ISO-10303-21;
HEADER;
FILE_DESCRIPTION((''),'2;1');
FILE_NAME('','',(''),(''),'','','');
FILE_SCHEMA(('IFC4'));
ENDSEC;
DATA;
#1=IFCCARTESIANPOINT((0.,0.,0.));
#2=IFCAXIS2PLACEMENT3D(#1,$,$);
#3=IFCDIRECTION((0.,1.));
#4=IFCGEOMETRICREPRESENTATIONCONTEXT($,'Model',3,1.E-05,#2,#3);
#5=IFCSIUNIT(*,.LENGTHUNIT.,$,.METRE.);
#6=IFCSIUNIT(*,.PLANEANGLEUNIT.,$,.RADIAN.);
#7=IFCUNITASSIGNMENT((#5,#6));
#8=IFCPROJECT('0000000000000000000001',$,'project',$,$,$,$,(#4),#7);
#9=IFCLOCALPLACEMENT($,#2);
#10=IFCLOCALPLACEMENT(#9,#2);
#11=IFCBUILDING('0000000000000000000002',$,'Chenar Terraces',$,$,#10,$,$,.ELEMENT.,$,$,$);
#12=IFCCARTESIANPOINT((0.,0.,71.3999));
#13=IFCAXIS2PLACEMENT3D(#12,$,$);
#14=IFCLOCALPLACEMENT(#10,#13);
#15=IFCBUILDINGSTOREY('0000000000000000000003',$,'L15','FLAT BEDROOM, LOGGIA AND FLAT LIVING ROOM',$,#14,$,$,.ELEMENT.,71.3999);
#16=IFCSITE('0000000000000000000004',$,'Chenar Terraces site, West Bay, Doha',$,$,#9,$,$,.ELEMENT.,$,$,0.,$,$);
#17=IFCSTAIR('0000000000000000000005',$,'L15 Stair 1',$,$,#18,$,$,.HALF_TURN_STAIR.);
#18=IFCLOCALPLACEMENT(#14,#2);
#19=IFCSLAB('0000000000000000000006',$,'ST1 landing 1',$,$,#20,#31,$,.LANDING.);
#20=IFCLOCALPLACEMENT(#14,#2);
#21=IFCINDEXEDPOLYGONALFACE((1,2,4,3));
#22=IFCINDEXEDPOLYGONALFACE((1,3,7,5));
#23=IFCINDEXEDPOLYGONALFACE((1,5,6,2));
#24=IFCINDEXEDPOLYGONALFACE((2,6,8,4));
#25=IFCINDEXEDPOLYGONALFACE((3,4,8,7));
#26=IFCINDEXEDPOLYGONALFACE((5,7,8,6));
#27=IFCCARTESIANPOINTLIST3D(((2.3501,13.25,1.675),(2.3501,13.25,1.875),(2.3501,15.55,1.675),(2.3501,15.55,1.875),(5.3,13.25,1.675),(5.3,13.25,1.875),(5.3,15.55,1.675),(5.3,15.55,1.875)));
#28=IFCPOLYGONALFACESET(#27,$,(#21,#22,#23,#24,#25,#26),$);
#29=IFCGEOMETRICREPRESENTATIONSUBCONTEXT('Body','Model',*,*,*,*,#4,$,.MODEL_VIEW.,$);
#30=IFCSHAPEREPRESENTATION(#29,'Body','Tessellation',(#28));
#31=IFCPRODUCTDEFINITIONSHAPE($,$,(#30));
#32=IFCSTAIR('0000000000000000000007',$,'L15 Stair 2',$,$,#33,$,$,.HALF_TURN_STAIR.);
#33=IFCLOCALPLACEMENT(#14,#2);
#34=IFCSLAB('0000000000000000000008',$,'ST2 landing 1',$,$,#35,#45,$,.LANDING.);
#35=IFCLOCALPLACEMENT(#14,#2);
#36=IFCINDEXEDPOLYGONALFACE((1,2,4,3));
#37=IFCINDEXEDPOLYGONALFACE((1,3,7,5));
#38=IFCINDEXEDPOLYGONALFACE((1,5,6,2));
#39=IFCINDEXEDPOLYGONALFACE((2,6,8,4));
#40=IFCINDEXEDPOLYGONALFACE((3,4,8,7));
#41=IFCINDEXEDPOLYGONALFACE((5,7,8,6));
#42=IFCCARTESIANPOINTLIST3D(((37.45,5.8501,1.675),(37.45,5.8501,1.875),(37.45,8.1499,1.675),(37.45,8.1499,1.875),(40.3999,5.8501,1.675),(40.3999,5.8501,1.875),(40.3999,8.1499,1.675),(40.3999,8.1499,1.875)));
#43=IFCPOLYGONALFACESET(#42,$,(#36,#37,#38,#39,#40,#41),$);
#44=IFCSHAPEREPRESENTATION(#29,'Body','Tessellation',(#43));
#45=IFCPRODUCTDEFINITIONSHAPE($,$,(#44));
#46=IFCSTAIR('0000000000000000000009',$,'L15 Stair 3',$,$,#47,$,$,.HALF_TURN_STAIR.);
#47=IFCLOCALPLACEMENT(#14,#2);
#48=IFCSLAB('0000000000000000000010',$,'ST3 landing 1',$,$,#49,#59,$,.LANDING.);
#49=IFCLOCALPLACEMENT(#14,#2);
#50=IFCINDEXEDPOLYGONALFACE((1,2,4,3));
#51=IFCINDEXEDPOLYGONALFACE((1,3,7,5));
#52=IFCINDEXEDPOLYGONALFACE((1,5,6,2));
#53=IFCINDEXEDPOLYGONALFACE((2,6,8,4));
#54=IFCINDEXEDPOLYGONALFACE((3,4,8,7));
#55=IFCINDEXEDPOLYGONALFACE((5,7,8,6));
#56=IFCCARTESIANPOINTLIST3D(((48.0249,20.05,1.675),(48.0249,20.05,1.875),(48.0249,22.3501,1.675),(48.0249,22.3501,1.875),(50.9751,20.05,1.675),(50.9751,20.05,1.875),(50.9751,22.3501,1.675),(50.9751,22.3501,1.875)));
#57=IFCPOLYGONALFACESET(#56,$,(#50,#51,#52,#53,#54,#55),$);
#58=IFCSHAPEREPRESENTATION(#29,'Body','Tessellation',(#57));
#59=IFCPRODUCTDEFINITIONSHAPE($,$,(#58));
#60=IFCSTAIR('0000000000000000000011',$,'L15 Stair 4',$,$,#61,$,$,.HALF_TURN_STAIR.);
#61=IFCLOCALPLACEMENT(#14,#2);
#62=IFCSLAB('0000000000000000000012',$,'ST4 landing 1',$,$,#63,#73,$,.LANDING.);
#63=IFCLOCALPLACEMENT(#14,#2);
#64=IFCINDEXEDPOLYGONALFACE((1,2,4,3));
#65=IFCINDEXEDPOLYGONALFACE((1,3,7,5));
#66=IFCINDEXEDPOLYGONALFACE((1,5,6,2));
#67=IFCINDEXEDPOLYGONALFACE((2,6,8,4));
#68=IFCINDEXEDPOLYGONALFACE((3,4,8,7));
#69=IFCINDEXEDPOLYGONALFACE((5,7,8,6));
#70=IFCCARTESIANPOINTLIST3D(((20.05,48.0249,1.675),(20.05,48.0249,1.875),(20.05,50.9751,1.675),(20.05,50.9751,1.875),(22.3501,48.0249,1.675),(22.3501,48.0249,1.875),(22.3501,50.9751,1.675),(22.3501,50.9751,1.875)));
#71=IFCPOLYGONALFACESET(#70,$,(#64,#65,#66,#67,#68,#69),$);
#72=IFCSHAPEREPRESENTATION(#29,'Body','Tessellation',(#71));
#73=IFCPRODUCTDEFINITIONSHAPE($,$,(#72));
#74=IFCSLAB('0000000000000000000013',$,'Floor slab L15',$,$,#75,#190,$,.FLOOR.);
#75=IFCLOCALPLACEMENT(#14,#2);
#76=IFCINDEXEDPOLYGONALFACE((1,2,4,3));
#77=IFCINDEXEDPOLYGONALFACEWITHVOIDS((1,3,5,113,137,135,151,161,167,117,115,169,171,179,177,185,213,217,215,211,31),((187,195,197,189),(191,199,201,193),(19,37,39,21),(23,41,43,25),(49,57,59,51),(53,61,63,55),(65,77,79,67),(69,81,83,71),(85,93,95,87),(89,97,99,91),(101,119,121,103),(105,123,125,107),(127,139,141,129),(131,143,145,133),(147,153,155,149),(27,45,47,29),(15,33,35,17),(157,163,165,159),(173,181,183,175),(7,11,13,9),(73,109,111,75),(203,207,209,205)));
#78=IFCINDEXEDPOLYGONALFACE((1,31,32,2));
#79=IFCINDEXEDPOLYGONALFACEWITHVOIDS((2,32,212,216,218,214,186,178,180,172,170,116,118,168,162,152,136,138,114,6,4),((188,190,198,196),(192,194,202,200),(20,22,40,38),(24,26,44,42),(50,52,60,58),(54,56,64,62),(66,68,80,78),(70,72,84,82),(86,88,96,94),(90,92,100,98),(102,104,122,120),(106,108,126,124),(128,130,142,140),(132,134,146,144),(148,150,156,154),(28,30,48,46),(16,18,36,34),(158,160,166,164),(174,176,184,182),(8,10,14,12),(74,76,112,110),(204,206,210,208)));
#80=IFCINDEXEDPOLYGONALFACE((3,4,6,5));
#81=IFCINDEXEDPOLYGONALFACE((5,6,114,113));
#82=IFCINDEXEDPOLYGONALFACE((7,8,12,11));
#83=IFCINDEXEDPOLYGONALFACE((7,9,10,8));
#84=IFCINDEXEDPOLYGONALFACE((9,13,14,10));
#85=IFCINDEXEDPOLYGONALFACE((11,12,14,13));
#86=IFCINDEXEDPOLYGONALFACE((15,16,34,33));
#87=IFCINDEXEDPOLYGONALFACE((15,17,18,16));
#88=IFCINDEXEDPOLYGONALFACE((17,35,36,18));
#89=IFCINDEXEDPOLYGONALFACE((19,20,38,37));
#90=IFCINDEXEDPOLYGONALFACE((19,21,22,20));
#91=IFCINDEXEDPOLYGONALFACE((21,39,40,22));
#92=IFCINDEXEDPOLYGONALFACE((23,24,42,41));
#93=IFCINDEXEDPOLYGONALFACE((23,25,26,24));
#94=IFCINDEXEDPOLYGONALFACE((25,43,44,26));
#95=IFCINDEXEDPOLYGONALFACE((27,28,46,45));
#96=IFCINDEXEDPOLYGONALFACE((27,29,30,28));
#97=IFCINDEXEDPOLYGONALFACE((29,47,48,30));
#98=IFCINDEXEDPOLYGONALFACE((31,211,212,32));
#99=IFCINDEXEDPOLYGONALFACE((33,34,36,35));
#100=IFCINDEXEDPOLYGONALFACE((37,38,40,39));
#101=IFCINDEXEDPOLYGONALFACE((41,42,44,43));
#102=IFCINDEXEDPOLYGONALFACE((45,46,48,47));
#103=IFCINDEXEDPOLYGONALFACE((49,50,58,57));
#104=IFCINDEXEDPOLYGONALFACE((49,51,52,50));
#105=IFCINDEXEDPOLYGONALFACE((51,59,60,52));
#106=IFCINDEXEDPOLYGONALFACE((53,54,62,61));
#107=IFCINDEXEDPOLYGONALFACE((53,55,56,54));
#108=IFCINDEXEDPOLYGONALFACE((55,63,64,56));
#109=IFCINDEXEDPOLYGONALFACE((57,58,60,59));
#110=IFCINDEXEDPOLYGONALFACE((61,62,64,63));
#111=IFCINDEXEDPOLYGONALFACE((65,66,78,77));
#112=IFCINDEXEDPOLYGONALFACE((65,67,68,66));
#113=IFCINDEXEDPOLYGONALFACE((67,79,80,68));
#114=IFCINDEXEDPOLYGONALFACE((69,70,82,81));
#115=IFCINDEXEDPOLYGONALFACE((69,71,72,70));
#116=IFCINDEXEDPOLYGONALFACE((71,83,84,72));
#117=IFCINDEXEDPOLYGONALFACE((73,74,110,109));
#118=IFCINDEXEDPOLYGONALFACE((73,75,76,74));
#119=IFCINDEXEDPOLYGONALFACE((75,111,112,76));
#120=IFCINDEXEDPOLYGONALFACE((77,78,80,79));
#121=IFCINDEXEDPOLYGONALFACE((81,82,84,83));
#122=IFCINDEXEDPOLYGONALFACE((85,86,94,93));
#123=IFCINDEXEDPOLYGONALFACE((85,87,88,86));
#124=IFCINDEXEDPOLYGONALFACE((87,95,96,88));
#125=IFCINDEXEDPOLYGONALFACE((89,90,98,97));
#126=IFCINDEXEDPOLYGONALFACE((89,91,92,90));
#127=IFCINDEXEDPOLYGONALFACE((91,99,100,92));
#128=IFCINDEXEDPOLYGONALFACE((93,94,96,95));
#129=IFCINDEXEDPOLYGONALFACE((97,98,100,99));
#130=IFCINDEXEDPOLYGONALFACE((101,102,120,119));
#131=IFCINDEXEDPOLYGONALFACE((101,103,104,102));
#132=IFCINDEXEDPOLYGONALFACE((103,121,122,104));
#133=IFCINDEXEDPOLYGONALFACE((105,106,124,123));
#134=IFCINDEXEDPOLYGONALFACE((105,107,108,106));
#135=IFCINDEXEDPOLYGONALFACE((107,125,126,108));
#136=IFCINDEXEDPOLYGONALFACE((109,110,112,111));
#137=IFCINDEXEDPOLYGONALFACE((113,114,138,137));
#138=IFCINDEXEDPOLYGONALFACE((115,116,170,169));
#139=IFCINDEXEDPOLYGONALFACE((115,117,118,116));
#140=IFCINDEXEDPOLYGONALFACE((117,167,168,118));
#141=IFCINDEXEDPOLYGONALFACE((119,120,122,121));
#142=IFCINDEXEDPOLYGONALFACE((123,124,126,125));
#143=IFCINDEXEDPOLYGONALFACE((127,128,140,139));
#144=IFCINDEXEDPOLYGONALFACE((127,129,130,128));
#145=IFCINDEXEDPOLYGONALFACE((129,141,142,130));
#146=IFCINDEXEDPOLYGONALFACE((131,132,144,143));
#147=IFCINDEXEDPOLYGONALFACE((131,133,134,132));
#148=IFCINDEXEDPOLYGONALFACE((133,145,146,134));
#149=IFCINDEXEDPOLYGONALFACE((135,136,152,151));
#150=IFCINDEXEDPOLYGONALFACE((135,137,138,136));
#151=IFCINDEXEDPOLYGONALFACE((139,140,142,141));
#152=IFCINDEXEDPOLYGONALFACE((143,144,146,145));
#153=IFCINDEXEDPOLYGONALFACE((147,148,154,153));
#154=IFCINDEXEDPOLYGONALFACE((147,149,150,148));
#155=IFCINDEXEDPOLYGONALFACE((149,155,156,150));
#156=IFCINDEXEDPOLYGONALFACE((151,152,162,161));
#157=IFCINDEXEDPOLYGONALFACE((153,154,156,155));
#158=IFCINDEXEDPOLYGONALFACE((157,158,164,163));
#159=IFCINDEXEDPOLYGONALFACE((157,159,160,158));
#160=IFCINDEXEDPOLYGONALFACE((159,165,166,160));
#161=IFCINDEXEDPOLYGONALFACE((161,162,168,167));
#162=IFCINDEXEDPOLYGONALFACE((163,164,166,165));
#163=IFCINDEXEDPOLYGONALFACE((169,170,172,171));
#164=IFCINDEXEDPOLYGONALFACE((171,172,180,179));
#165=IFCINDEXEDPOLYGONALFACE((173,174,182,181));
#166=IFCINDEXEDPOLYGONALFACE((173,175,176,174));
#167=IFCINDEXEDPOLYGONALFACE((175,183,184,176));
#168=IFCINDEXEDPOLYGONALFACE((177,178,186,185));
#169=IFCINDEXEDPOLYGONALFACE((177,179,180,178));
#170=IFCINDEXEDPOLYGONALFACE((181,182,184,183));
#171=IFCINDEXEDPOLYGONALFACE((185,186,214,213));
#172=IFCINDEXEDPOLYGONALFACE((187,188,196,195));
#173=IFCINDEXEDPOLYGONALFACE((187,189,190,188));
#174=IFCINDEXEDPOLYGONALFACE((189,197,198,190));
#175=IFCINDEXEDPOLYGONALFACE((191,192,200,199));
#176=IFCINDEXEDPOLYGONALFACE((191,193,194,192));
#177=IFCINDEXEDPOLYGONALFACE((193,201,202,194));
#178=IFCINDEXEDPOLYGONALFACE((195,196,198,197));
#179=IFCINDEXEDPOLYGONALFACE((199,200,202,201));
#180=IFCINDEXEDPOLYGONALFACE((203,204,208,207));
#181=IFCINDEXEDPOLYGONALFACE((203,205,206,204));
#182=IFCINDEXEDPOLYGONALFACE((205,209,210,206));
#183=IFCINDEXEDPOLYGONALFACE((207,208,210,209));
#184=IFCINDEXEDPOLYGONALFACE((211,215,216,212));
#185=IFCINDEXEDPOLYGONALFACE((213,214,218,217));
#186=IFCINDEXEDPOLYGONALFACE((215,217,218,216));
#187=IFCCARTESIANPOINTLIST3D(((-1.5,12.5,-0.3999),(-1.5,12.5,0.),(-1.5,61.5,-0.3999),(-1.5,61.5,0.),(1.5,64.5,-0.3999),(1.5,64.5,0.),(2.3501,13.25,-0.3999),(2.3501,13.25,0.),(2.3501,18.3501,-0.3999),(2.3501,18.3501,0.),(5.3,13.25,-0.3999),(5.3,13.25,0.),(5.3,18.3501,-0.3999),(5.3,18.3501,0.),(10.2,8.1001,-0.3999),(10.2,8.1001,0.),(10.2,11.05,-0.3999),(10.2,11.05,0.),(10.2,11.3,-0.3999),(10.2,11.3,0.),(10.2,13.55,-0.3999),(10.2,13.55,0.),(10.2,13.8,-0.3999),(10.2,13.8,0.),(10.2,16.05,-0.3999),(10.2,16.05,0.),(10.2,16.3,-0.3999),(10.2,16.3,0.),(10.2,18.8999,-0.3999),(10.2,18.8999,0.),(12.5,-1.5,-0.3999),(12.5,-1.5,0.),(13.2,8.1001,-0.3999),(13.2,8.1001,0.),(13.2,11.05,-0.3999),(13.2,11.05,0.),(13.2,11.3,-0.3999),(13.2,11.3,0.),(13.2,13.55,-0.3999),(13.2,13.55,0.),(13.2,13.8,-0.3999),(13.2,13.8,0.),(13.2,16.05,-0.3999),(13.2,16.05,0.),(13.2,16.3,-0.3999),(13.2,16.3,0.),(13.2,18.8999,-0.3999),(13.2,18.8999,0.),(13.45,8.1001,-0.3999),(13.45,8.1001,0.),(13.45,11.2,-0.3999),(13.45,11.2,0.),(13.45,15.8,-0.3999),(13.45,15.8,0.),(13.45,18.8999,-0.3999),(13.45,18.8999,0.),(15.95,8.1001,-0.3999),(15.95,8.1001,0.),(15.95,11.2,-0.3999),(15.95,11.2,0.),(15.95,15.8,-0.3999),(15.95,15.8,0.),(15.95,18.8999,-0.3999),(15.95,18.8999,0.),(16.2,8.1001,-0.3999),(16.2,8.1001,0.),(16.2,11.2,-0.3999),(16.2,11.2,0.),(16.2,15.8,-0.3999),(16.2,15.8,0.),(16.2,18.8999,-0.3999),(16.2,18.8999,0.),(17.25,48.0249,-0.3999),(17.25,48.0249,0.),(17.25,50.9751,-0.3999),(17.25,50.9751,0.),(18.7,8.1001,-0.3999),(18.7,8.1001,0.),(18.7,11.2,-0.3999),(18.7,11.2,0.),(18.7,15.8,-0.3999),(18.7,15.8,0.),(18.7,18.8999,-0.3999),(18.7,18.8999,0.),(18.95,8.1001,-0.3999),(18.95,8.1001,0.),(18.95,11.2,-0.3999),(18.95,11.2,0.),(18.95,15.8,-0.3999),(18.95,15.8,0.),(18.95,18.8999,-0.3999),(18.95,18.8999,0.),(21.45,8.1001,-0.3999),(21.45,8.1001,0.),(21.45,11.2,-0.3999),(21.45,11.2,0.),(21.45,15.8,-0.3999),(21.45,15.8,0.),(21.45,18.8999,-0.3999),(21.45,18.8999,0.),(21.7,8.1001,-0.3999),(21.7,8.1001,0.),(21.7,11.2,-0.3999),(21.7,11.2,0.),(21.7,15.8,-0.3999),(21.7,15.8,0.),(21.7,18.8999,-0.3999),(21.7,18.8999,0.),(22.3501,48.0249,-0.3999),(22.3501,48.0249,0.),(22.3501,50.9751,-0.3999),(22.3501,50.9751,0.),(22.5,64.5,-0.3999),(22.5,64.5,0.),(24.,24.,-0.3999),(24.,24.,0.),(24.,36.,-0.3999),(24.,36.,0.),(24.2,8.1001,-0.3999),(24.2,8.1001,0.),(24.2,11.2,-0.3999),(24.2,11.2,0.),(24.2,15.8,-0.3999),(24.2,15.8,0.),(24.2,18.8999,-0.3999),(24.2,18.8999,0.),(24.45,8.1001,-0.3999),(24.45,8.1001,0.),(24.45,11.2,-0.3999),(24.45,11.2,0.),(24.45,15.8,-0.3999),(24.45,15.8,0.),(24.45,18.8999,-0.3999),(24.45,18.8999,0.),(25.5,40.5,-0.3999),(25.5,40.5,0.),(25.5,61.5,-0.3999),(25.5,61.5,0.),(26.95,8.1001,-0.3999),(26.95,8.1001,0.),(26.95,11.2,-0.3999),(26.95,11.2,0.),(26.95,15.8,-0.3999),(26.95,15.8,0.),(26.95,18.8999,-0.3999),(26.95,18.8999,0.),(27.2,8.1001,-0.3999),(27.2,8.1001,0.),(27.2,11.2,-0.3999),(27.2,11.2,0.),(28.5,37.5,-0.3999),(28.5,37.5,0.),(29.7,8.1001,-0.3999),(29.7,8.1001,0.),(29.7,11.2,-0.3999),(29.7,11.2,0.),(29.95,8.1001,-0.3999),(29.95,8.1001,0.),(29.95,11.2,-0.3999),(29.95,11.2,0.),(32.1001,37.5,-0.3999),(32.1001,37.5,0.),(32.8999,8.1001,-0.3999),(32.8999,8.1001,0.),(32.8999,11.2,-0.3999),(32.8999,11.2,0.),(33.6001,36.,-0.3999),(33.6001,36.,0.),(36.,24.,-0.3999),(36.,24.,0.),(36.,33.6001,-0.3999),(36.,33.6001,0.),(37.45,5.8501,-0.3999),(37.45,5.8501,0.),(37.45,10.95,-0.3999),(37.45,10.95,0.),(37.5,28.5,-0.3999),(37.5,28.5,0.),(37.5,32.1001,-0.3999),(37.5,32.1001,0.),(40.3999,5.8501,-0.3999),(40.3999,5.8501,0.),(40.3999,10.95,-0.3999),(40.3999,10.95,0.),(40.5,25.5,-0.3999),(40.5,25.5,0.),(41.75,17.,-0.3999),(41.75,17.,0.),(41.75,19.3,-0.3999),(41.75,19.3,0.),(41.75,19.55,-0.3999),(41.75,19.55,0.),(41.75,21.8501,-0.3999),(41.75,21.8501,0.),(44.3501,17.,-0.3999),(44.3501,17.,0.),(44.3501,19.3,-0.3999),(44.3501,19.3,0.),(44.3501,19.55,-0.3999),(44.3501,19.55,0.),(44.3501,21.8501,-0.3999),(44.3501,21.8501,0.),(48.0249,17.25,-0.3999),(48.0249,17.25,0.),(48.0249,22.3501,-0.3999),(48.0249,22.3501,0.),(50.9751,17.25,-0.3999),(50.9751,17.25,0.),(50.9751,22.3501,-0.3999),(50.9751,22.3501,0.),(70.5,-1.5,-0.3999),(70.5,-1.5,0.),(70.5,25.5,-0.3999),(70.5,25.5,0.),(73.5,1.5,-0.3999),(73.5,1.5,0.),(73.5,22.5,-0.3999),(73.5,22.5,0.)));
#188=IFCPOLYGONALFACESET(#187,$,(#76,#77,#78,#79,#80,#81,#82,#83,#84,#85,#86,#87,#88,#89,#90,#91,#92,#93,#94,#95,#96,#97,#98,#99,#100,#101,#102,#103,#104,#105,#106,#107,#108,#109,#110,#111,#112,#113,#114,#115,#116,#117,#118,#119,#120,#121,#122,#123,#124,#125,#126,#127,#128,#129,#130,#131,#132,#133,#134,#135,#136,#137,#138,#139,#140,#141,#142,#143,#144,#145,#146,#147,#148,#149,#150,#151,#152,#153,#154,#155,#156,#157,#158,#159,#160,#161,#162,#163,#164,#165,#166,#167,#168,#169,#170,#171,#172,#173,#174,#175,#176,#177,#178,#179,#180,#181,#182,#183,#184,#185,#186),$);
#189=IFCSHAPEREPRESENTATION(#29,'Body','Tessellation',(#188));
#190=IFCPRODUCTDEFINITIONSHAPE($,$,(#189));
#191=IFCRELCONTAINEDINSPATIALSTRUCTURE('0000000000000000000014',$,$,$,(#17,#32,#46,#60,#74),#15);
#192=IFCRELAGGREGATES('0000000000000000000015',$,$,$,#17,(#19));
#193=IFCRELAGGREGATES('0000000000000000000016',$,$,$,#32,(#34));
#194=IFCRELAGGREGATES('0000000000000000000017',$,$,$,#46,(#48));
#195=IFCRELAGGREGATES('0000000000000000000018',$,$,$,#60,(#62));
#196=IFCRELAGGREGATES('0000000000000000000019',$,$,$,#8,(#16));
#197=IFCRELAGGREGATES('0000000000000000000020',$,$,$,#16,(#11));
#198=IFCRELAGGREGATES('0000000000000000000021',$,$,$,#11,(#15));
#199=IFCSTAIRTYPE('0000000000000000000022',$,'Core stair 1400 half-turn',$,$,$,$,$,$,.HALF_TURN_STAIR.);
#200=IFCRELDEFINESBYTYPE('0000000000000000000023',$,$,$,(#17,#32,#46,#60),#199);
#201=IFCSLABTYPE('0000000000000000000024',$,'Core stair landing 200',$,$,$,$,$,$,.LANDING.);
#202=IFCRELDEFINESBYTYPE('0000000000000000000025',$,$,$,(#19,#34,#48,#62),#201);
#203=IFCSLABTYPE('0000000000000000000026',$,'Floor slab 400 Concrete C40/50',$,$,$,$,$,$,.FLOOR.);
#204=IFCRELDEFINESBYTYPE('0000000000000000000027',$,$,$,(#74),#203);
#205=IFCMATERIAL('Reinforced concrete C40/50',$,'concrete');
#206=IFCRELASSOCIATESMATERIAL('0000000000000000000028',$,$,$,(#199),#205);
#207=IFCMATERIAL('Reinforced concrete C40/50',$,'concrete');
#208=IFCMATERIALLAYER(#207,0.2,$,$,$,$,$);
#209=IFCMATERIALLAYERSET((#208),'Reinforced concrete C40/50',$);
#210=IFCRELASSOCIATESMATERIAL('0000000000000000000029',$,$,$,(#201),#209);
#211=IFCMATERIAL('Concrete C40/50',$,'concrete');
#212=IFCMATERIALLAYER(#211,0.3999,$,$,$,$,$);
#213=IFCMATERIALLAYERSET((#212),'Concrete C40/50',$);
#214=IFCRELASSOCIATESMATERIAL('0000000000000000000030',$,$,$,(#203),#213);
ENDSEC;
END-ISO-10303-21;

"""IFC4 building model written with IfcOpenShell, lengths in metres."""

from ifc_helpers import new_model, si_unit, direction, frame, origin, place, context, subcontext, project, spatial, polyline, outline, extrude, material, layer, layer_set, type_object, element, aggregate, save


model = new_model("IFC4")

# Units and contexts
model_context = context("Model", 3, precision=1e-05, world=origin(), true_north=direction((0.0, 1.0)))
body_context = subcontext(model_context, "Body", "Model", "MODEL_VIEW")
ifc_project = project(units=[si_unit("LENGTHUNIT", "METRE"), si_unit("PLANEANGLEUNIT", "RADIAN")], contexts=[model_context])

# Site, building, storey
site_placement = place(None, origin())
site = spatial("IfcSite", under=ifc_project, at=site_placement, Name="Chenar Terraces site, West Bay, Doha", CompositionType="ELEMENT", RefElevation=0.0)
building_placement = place(site_placement, origin())
building = spatial("IfcBuilding", under=site, at=building_placement, Name="Chenar Terraces", CompositionType="ELEMENT")
storey_placement = place(building_placement, frame((0.0, 0.0, 71.3999)))
storey = spatial("IfcBuildingStorey", under=building, at=storey_placement, Name="L15", Description="FLAT BEDROOM, LOGGIA AND FLAT LIVING ROOM", CompositionType="ELEMENT", Elevation=71.3999)

# Stairs, slabs
ifc_material_1 = material(Name="Reinforced concrete C40/50", Category="concrete")
stair_type = type_object("IfcStairType", Name="Core stair 1400 half-turn", PredefinedType="HALF_TURN_STAIR", material=ifc_material_1)
placement_1 = place(storey_placement, origin())
stair_1 = element("IfcStair", 1, at=placement_1, inside=storey, type_object=stair_type, Name="L15 Stair 1", PredefinedType="HALF_TURN_STAIR")
ifc_material_2 = material(Name="Reinforced concrete C40/50", Category="concrete")
ifc_layer_1 = layer(ifc_material_2, 0.2)
ifc_layer_set_1 = layer_set([ifc_layer_1], Name="Reinforced concrete C40/50")
slab_type_1 = type_object("IfcSlabType", Name="Core stair landing 200", PredefinedType="LANDING", material=ifc_layer_set_1)
placement_2 = place(storey_placement, frame((0.0, 0.0, 1.675)))
slab_1 = element("IfcSlab", 2, at=placement_2, type_object=slab_type_1, Name="ST1 landing 1", PredefinedType="LANDING", context=body_context, shape_type="SweptSolid", body=[
    extrude(outline(polyline([(2.3501, 15.55), (2.3501, 13.25), (5.3, 13.25), (5.3, 15.55), (2.3501, 15.55)])), origin(), (0.0, 0.0, 1.0), 0.2),
])
aggregate(stair_1, [slab_1])
stair_2 = element("IfcStair", 3, at=placement_1, inside=storey, type_object=stair_type, Name="L15 Stair 2", PredefinedType="HALF_TURN_STAIR")
slab_2 = element("IfcSlab", 4, at=placement_2, type_object=slab_type_1, Name="ST2 landing 1", PredefinedType="LANDING", context=body_context, shape_type="SweptSolid", body=[
    extrude(outline(polyline([(37.45, 8.1499), (37.45, 5.8501), (40.3999, 5.8501), (40.3999, 8.1499), (37.45, 8.1499)])), origin(), (0.0, 0.0, 1.0), 0.2),
])
aggregate(stair_2, [slab_2])
stair_3 = element("IfcStair", 5, at=placement_1, inside=storey, type_object=stair_type, Name="L15 Stair 3", PredefinedType="HALF_TURN_STAIR")
slab_3 = element("IfcSlab", 6, at=placement_2, type_object=slab_type_1, Name="ST3 landing 1", PredefinedType="LANDING", context=body_context, shape_type="SweptSolid", body=[
    extrude(outline(polyline([(50.9751, 20.05), (50.9751, 22.3501), (48.0249, 22.3501), (48.0249, 20.05), (50.9751, 20.05)])), origin(), (0.0, 0.0, 1.0), 0.2),
])
aggregate(stair_3, [slab_3])
stair_4 = element("IfcStair", 7, at=placement_1, inside=storey, type_object=stair_type, Name="L15 Stair 4", PredefinedType="HALF_TURN_STAIR")
slab_4 = element("IfcSlab", 8, at=placement_2, type_object=slab_type_1, Name="ST4 landing 1", PredefinedType="LANDING", context=body_context, shape_type="SweptSolid", body=[
    extrude(outline(polyline([(20.05, 48.0249), (22.3501, 48.0249), (22.3501, 50.9751), (20.05, 50.9751), (20.05, 48.0249)])), origin(), (0.0, 0.0, 1.0), 0.2),
])
aggregate(stair_4, [slab_4])

# Slab
ifc_material_3 = material(Name="Concrete C40/50", Category="concrete")
ifc_layer_2 = layer(ifc_material_3, 0.3999)
ifc_layer_set_2 = layer_set([ifc_layer_2], Name="Concrete C40/50")
slab_type_2 = type_object("IfcSlabType", Name="Floor slab 400 Concrete C40/50", PredefinedType="FLOOR", material=ifc_layer_set_2)
slab_5_placement = place(storey_placement, frame((0.0, 0.0, -0.3999)))
element("IfcSlab", 9, at=slab_5_placement, inside=storey, type_object=slab_type_2, Name="Floor slab L15", PredefinedType="FLOOR", context=body_context, shape_type="SweptSolid", body=[
    extrude(outline(polyline([(73.5, 22.5), (73.5, 1.5), (70.5, -1.5), (12.5, -1.5), (-1.5, 12.5), (-1.5, 61.5), (1.5, 64.5), (22.5, 64.5), (25.5, 61.5), (25.5, 40.5), (28.5, 37.5), (32.1001, 37.5), (33.6001, 36.0), (24.0, 36.0), (24.0, 24.0), (36.0, 24.0), (36.0, 33.6001), (37.5, 32.1001), (37.5, 28.5), (40.5, 25.5), (70.5, 25.5), (73.5, 22.5)]), holes=[polyline([(13.2, 11.05), (10.2, 11.05), (10.2, 8.1001), (13.2, 8.1001), (13.2, 11.05)]), polyline([(15.95, 11.2), (13.45, 11.2), (13.45, 8.1001), (15.95, 8.1001), (15.95, 11.2)]), polyline([(18.7, 11.2), (16.2, 11.2), (16.2, 8.1001), (18.7, 8.1001), (18.7, 11.2)]), polyline([(21.45, 8.1001), (21.45, 11.2), (18.95, 11.2), (18.95, 8.1001), (21.45, 8.1001)]), polyline([(13.2, 11.3), (13.2, 13.55), (10.2, 13.55), (10.2, 11.3), (13.2, 11.3)]), polyline([(13.2, 16.05), (10.2, 16.05), (10.2, 13.8), (13.2, 13.8), (13.2, 16.05)]), polyline([(2.3501, 18.3501), (2.3501, 13.25), (5.3, 13.25), (5.3, 18.3501), (2.3501, 18.3501)]), polyline([(15.95, 15.8), (15.95, 18.8999), (13.45, 18.8999), (13.45, 15.8), (15.95, 15.8)]), polyline([(18.7, 18.8999), (16.2, 18.8999), (16.2, 15.8), (18.7, 15.8), (18.7, 18.8999)]), polyline([(21.45, 15.8), (21.45, 18.8999), (18.95, 18.8999), (18.95, 15.8), (21.45, 15.8)]), polyline([(13.2, 16.3), (13.2, 18.8999), (10.2, 18.8999), (10.2, 16.3), (13.2, 16.3)]), polyline([(22.3501, 48.0249), (22.3501, 50.9751), (17.25, 50.9751), (17.25, 48.0249), (22.3501, 48.0249)]), polyline([(37.45, 10.95), (37.45, 5.8501), (40.3999, 5.8501), (40.3999, 10.95), (37.45, 10.95)]), polyline([(24.2, 8.1001), (24.2, 11.2), (21.7, 11.2), (21.7, 8.1001), (24.2, 8.1001)]), polyline([(26.95, 11.2), (24.45, 11.2), (24.45, 8.1001), (26.95, 8.1001), (26.95, 11.2)]), polyline([(29.7, 8.1001), (29.7, 11.2), (27.2, 11.2), (27.2, 8.1001), (29.7, 8.1001)]), polyline([(32.8999, 8.1001), (32.8999, 11.2), (29.95, 11.2), (29.95, 8.1001), (32.8999, 8.1001)]), polyline([(24.2, 18.8999), (21.7, 18.8999), (21.7, 15.8), (24.2, 15.8), (24.2, 18.8999)]), polyline([(26.95, 15.8), (26.95, 18.8999), (24.45, 18.8999), (24.45, 15.8), (26.95, 15.8)]), polyline([(44.3501, 17.0), (44.3501, 19.3), (41.75, 19.3), (41.75, 17.0), (44.3501, 17.0)]), polyline([(50.9751, 22.3501), (48.0249, 22.3501), (48.0249, 17.25), (50.9751, 17.25), (50.9751, 22.3501)]), polyline([(44.3501, 19.55), (44.3501, 21.8501), (41.75, 21.8501), (41.75, 19.55), (44.3501, 19.55)])]), origin(), (0.0, 0.0, 1.0), 0.3999),
])

save(model, "model.ifc")
